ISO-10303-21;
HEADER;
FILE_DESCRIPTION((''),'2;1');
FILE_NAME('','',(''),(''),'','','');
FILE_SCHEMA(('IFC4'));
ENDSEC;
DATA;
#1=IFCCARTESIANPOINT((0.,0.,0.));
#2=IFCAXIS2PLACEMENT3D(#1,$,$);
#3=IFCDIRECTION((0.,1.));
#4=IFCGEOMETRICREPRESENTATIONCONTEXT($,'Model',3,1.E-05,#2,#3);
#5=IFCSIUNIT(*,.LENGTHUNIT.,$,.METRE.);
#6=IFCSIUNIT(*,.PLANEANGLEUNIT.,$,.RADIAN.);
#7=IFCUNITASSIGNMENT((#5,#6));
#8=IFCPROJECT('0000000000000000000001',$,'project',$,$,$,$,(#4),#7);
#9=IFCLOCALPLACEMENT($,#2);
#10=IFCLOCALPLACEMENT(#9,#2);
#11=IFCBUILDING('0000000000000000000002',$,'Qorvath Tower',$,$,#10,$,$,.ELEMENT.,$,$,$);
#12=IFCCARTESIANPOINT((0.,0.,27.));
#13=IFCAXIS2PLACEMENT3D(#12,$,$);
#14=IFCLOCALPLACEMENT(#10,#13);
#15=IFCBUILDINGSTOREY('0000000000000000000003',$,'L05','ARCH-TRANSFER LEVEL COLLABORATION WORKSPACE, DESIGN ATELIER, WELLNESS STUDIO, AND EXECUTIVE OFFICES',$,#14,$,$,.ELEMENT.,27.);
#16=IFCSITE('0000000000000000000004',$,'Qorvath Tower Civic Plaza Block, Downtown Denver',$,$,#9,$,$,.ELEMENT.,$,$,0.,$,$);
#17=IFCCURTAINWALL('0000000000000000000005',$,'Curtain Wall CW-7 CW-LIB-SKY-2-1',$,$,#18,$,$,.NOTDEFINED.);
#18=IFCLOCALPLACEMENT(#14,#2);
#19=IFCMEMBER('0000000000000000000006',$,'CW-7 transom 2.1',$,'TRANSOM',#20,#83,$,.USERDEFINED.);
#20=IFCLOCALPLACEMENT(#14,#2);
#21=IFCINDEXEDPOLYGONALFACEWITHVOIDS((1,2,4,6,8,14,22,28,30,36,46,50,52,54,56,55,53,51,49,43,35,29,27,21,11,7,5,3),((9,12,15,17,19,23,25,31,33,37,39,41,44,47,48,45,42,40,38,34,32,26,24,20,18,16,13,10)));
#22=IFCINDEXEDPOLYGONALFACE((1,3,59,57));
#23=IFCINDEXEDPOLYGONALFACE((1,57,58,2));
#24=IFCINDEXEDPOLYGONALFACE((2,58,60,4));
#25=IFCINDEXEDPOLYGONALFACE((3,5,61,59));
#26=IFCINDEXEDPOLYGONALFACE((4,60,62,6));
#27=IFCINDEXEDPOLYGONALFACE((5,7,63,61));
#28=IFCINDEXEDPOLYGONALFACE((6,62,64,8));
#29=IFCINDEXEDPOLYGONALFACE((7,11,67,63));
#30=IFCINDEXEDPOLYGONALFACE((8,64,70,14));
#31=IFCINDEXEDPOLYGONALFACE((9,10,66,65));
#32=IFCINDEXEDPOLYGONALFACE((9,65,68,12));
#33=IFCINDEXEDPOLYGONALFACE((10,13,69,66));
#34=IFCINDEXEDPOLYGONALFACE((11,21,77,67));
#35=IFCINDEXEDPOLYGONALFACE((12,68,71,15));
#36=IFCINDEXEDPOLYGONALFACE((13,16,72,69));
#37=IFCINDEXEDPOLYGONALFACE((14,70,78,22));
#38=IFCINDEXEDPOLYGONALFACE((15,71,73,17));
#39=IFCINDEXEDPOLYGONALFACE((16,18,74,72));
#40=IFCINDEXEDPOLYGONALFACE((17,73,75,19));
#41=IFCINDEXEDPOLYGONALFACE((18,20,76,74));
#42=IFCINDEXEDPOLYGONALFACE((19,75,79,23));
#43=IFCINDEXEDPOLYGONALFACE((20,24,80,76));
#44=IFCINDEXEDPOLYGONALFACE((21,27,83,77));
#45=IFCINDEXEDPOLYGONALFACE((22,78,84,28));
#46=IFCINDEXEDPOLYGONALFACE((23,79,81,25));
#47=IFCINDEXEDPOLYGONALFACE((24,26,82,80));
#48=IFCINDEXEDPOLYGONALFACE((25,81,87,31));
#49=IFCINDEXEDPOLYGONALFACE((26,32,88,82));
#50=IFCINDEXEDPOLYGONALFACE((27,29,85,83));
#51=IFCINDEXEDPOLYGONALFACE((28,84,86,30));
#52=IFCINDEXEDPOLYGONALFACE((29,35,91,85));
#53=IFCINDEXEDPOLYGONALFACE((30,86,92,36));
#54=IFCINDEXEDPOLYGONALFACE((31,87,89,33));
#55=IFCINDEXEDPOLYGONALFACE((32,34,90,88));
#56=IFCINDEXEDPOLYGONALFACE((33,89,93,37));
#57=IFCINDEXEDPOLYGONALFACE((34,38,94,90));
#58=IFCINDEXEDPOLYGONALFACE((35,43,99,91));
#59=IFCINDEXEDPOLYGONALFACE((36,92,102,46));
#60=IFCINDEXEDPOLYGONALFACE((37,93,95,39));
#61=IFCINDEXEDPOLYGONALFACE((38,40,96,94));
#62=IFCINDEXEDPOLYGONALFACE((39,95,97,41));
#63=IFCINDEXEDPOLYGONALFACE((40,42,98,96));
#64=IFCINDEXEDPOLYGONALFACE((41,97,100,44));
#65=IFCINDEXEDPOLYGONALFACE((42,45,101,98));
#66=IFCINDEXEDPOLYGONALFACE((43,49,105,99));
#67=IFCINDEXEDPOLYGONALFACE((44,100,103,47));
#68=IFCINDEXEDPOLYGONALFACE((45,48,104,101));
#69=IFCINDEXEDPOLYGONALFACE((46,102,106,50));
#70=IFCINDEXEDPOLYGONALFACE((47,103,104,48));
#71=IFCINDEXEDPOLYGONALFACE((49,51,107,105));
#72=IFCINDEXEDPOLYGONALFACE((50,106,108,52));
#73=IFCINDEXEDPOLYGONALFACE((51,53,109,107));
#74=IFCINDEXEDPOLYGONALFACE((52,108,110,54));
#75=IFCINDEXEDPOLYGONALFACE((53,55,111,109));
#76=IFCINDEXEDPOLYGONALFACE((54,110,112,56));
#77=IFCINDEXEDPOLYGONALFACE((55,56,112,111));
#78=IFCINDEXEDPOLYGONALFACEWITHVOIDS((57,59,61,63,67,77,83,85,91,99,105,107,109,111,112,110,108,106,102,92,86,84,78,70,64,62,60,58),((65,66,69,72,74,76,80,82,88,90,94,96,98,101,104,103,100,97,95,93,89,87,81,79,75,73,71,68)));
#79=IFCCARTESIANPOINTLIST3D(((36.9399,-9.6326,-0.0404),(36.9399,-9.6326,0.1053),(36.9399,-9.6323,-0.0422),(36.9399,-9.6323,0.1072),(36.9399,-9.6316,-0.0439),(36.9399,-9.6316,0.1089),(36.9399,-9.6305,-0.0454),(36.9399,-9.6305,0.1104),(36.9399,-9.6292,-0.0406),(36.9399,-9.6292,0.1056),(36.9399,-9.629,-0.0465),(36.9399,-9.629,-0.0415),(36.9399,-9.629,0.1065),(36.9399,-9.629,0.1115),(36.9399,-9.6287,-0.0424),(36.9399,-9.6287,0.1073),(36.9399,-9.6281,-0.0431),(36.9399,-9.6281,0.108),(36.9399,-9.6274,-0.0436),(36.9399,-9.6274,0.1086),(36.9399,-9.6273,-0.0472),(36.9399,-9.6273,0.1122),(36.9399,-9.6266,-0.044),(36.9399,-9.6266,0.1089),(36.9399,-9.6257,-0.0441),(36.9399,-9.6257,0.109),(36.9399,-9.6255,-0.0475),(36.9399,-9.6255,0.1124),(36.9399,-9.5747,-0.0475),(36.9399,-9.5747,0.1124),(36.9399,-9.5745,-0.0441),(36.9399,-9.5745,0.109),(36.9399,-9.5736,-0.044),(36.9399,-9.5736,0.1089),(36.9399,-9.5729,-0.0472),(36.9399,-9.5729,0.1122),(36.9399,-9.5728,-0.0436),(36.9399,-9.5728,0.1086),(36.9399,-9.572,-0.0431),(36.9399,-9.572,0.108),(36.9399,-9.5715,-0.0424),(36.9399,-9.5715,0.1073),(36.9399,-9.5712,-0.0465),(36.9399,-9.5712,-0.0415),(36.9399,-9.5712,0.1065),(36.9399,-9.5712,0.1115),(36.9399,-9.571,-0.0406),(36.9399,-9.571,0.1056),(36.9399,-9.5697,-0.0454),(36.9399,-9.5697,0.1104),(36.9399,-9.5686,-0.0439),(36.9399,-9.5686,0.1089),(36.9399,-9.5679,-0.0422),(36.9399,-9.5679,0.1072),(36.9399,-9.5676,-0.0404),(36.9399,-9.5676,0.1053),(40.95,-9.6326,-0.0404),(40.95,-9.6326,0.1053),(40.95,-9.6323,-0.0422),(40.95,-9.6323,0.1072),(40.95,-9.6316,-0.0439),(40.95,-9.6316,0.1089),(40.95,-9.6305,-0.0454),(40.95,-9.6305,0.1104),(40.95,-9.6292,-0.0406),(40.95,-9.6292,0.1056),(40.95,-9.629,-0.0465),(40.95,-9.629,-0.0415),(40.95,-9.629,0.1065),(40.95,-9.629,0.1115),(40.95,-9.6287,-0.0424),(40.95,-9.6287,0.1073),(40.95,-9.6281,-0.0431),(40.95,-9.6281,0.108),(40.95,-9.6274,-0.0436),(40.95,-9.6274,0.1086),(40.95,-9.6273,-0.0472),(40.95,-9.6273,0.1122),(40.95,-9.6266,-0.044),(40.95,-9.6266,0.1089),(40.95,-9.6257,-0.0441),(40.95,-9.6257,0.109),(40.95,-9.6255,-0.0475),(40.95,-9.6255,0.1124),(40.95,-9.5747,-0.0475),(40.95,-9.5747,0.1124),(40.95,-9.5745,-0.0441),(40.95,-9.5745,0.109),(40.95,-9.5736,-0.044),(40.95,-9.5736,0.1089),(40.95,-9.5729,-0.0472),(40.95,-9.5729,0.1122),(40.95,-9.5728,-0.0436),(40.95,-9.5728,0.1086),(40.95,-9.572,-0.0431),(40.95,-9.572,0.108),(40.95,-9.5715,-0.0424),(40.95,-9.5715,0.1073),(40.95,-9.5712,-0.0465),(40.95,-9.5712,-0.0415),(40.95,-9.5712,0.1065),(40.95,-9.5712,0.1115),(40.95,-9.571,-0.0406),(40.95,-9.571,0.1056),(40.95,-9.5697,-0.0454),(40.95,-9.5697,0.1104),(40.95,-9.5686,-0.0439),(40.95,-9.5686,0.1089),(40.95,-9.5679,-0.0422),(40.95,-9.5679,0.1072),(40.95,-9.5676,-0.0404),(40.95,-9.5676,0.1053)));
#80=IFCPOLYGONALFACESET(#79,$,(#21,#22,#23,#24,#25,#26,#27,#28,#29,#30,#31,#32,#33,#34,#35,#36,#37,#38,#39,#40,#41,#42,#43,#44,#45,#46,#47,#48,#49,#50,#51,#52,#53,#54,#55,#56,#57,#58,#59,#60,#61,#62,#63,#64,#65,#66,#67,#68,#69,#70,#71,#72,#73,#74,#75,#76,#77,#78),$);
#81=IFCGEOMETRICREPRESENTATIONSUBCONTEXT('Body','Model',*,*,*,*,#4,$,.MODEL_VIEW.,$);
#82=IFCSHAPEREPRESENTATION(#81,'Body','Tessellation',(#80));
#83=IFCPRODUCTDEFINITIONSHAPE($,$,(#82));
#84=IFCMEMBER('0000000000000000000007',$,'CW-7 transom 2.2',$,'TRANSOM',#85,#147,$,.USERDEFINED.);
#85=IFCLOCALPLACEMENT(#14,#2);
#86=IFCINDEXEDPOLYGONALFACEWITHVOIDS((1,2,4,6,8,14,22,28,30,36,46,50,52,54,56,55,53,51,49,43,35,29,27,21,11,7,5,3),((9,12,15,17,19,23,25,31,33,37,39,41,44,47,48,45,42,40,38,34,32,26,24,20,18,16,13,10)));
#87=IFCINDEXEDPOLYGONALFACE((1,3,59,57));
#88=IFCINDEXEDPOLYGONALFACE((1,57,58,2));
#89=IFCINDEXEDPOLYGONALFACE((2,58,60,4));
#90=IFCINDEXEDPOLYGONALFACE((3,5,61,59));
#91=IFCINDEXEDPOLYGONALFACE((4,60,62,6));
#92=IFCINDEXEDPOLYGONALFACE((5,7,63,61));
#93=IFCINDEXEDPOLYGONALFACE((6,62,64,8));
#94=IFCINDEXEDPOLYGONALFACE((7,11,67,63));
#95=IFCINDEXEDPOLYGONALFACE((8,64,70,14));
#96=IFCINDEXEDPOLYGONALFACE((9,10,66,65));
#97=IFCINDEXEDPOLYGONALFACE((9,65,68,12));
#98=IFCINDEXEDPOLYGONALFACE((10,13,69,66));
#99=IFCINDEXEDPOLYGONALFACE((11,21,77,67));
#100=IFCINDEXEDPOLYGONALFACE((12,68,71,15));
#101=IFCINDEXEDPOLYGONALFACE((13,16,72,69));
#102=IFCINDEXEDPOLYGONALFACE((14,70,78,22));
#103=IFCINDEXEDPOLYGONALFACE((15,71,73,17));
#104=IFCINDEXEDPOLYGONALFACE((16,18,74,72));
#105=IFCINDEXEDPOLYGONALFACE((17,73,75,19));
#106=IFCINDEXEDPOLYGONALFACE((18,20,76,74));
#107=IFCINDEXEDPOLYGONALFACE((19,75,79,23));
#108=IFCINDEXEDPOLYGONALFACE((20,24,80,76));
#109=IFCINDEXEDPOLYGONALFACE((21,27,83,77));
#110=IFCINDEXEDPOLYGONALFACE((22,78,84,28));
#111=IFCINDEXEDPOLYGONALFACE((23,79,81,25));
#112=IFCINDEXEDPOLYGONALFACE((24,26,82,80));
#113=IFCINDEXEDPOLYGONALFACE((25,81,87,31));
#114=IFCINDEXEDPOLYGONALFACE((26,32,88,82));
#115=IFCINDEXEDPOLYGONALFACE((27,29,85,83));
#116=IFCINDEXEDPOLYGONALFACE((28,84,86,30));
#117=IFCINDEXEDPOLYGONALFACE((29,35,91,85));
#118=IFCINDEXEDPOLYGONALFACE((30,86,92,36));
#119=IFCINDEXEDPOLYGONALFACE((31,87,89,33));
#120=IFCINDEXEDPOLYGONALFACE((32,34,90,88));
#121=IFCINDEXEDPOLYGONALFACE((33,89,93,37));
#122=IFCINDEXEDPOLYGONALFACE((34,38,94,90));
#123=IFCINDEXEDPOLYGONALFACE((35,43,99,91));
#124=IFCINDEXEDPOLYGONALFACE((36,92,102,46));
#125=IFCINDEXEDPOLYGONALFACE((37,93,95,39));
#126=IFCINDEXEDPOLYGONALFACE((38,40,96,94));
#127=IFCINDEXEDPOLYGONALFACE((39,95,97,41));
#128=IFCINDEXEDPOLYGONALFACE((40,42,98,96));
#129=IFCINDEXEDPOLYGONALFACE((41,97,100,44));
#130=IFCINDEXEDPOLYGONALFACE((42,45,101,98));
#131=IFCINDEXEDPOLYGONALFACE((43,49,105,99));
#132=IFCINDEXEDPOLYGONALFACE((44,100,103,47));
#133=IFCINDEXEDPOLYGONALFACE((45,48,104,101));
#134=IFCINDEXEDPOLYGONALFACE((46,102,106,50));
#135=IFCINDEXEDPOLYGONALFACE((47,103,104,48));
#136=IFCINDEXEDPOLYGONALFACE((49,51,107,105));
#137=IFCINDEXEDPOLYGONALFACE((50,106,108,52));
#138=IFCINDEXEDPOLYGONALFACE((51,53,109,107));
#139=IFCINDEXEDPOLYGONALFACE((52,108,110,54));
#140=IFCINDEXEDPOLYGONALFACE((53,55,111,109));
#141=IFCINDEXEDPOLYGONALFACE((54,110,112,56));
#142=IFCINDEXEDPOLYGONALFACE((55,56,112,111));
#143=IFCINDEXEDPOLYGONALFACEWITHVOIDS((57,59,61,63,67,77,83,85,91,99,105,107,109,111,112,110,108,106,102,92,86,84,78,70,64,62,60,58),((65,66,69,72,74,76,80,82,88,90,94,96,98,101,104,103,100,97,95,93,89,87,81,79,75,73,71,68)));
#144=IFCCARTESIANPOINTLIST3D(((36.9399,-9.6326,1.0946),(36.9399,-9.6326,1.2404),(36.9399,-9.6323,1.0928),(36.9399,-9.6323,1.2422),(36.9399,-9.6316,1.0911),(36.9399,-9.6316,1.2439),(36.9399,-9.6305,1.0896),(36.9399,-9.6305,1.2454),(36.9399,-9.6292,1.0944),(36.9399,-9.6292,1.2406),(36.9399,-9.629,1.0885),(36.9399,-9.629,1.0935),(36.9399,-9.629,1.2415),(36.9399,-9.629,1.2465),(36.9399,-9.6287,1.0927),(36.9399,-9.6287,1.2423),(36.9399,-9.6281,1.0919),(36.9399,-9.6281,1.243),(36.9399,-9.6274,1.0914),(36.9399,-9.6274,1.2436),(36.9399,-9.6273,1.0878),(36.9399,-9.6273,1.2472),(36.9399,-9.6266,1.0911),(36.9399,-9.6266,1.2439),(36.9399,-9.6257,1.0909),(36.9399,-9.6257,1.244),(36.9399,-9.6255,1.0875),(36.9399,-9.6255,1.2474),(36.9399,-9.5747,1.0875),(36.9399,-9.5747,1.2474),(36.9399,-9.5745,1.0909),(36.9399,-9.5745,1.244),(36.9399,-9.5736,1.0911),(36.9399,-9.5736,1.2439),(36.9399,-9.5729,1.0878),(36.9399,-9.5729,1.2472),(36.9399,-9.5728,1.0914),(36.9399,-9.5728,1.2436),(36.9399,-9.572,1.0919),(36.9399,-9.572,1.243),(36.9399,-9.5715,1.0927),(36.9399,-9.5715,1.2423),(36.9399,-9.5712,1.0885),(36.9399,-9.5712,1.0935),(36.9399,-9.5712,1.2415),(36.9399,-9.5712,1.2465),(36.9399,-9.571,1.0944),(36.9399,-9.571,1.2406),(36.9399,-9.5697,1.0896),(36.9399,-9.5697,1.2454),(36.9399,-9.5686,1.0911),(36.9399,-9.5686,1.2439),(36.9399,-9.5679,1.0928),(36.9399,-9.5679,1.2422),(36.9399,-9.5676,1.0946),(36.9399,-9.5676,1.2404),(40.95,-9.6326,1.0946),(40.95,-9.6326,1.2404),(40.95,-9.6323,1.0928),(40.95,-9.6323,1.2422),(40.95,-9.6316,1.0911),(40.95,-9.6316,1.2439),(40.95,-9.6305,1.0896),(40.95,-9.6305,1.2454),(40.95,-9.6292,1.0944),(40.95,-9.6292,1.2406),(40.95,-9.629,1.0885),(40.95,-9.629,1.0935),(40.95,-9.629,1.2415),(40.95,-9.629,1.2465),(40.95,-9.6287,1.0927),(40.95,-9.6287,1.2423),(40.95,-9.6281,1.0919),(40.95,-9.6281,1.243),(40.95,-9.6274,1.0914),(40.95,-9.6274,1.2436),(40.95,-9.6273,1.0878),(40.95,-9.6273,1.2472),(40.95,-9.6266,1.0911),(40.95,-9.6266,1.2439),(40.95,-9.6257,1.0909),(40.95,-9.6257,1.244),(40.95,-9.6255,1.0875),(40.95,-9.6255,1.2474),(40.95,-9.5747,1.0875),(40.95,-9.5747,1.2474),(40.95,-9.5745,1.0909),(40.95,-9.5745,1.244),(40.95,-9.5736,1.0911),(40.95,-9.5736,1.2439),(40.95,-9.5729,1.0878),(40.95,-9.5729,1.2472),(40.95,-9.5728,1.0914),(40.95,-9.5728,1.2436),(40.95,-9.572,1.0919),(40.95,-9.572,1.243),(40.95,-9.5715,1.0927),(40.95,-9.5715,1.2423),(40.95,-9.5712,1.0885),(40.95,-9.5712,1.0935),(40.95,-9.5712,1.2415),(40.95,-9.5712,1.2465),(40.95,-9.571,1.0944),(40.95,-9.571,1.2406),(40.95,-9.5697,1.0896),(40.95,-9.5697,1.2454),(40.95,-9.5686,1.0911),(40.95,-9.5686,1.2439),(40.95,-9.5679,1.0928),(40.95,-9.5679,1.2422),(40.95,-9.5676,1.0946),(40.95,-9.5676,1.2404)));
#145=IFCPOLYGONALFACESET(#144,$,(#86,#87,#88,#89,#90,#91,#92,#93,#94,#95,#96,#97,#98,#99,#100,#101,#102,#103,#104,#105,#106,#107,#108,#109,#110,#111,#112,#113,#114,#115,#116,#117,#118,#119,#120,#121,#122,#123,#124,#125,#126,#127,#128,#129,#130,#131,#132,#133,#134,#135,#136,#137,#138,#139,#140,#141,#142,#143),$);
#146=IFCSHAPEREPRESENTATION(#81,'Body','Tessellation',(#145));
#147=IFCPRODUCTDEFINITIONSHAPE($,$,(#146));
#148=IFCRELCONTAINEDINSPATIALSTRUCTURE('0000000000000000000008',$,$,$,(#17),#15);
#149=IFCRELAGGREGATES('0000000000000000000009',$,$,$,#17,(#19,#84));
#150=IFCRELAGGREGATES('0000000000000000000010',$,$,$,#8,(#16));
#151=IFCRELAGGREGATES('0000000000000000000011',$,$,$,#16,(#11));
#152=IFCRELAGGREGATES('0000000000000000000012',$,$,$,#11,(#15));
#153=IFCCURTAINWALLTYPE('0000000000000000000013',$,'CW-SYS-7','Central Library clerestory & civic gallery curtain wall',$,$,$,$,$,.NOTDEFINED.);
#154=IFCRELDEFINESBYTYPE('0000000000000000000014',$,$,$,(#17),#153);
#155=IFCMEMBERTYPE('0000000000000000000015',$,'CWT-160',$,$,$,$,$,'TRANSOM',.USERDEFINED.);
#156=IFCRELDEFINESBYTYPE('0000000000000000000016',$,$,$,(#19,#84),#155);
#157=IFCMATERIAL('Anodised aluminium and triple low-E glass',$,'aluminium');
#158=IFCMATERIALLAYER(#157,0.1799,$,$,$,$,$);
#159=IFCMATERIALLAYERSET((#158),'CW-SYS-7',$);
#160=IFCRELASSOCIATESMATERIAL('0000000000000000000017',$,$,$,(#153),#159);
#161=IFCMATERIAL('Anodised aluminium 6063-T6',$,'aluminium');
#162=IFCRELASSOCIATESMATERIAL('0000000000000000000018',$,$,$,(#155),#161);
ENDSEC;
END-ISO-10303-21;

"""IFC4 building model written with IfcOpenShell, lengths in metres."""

from ifc_helpers import new_model, si_unit, direction, frame, origin, origin_2d, place, context, subcontext, project, spatial, hollow_rectangle, extrude, material, layer, layer_set, material_profile, profile_set, type_object, element, aggregate, save


model = new_model("IFC4")

# Units and contexts
model_context = context("Model", 3, precision=1e-05, world=origin(), true_north=direction((0.0, 1.0)))
body_context = subcontext(model_context, "Body", "Model", "MODEL_VIEW")
ifc_project = project(units=[si_unit("LENGTHUNIT", "METRE"), si_unit("PLANEANGLEUNIT", "RADIAN")], contexts=[model_context])

# Site, building, storey
site_placement = place(None, origin())
site = spatial("IfcSite", under=ifc_project, at=site_placement, Name="Qorvath Tower Civic Plaza Block, Downtown Denver", CompositionType="ELEMENT", RefElevation=0.0)
building_placement = place(site_placement, origin())
building = spatial("IfcBuilding", under=site, at=building_placement, Name="Qorvath Tower", CompositionType="ELEMENT")
storey_placement = place(building_placement, frame((0.0, 0.0, 27.0)))
storey = spatial("IfcBuildingStorey", under=building, at=storey_placement, Name="L05", Description="ARCH-TRANSFER LEVEL COLLABORATION WORKSPACE, DESIGN ATELIER, WELLNESS STUDIO, AND EXECUTIVE OFFICES", CompositionType="ELEMENT", Elevation=27.0)

# Curtain wall
ifc_material_1 = material(Name="Anodised aluminium and triple low-E glass", Category="aluminium")
ifc_layer_1 = layer(ifc_material_1, 0.1799)
ifc_layer_set_1 = layer_set([ifc_layer_1], Name="CW-SYS-7")
curtain_wall_type = type_object("IfcCurtainWallType", Name="CW-SYS-7", Description="Central Library clerestory & civic gallery curtain wall", PredefinedType="NOTDEFINED", material=ifc_layer_set_1)
curtain_wall_1_placement = place(storey_placement, origin())
curtain_wall_1 = element("IfcCurtainWall", 1, at=curtain_wall_1_placement, inside=storey, type_object=curtain_wall_type, Name="Curtain Wall CW-7 CW-LIB-SKY-2-1", PredefinedType="NOTDEFINED")

# Members
ifc_material_2 = material(Name="Anodised aluminium 6063-T6", Category="aluminium")
ifc_material_profile_1 = material_profile(ifc_material_2, hollow_rectangle(XDim=0.0649, YDim=0.1599, WallThickness=0.0034, InnerFilletRadius=0.0034, OuterFilletRadius=0.0071, at=origin_2d()), Name="CWT 160x65")
ifc_profile_set_1 = profile_set([ifc_material_profile_1], Name="Anodised aluminium 6063-T6")
member_type_1 = type_object("IfcMemberType", Name="CWT-160", ElementType="TRANSOM", PredefinedType="USERDEFINED", material=ifc_profile_set_1)
member_1_placement = place(storey_placement, frame((36.9399, -9.6001, 0.0325), z_axis=(1.0, 0.0, 0.0), x_axis=(0.0, 1.0, 0.0)))
member_1 = element("IfcMember", 2, at=member_1_placement, type_object=member_type_1, Name="CW-7 transom 2.1", ObjectType="TRANSOM", PredefinedType="USERDEFINED", context=body_context, shape_type="SweptSolid", body=[
    extrude(hollow_rectangle(XDim=0.0649, YDim=0.1599, WallThickness=0.0034, InnerFilletRadius=0.0034, OuterFilletRadius=0.0071, at=origin_2d()), origin(), (0.0, 0.0, 1.0), 4.01),
])
member_2_placement = place(storey_placement, frame((36.9399, -9.6001, 1.1675), z_axis=(1.0, 0.0, 0.0), x_axis=(0.0, 1.0, 0.0)))
member_2 = element("IfcMember", 3, at=member_2_placement, type_object=member_type_1, Name="CW-7 transom 2.2", ObjectType="TRANSOM", PredefinedType="USERDEFINED", context=body_context, shape_type="SweptSolid", body=[
    extrude(hollow_rectangle(XDim=0.0649, YDim=0.1599, WallThickness=0.0034, InnerFilletRadius=0.0034, OuterFilletRadius=0.0071, at=origin_2d()), origin(), (0.0, 0.0, 1.0), 4.01),
])

aggregate(curtain_wall_1, [member_1, member_2])

save(model, "model.ifc")
